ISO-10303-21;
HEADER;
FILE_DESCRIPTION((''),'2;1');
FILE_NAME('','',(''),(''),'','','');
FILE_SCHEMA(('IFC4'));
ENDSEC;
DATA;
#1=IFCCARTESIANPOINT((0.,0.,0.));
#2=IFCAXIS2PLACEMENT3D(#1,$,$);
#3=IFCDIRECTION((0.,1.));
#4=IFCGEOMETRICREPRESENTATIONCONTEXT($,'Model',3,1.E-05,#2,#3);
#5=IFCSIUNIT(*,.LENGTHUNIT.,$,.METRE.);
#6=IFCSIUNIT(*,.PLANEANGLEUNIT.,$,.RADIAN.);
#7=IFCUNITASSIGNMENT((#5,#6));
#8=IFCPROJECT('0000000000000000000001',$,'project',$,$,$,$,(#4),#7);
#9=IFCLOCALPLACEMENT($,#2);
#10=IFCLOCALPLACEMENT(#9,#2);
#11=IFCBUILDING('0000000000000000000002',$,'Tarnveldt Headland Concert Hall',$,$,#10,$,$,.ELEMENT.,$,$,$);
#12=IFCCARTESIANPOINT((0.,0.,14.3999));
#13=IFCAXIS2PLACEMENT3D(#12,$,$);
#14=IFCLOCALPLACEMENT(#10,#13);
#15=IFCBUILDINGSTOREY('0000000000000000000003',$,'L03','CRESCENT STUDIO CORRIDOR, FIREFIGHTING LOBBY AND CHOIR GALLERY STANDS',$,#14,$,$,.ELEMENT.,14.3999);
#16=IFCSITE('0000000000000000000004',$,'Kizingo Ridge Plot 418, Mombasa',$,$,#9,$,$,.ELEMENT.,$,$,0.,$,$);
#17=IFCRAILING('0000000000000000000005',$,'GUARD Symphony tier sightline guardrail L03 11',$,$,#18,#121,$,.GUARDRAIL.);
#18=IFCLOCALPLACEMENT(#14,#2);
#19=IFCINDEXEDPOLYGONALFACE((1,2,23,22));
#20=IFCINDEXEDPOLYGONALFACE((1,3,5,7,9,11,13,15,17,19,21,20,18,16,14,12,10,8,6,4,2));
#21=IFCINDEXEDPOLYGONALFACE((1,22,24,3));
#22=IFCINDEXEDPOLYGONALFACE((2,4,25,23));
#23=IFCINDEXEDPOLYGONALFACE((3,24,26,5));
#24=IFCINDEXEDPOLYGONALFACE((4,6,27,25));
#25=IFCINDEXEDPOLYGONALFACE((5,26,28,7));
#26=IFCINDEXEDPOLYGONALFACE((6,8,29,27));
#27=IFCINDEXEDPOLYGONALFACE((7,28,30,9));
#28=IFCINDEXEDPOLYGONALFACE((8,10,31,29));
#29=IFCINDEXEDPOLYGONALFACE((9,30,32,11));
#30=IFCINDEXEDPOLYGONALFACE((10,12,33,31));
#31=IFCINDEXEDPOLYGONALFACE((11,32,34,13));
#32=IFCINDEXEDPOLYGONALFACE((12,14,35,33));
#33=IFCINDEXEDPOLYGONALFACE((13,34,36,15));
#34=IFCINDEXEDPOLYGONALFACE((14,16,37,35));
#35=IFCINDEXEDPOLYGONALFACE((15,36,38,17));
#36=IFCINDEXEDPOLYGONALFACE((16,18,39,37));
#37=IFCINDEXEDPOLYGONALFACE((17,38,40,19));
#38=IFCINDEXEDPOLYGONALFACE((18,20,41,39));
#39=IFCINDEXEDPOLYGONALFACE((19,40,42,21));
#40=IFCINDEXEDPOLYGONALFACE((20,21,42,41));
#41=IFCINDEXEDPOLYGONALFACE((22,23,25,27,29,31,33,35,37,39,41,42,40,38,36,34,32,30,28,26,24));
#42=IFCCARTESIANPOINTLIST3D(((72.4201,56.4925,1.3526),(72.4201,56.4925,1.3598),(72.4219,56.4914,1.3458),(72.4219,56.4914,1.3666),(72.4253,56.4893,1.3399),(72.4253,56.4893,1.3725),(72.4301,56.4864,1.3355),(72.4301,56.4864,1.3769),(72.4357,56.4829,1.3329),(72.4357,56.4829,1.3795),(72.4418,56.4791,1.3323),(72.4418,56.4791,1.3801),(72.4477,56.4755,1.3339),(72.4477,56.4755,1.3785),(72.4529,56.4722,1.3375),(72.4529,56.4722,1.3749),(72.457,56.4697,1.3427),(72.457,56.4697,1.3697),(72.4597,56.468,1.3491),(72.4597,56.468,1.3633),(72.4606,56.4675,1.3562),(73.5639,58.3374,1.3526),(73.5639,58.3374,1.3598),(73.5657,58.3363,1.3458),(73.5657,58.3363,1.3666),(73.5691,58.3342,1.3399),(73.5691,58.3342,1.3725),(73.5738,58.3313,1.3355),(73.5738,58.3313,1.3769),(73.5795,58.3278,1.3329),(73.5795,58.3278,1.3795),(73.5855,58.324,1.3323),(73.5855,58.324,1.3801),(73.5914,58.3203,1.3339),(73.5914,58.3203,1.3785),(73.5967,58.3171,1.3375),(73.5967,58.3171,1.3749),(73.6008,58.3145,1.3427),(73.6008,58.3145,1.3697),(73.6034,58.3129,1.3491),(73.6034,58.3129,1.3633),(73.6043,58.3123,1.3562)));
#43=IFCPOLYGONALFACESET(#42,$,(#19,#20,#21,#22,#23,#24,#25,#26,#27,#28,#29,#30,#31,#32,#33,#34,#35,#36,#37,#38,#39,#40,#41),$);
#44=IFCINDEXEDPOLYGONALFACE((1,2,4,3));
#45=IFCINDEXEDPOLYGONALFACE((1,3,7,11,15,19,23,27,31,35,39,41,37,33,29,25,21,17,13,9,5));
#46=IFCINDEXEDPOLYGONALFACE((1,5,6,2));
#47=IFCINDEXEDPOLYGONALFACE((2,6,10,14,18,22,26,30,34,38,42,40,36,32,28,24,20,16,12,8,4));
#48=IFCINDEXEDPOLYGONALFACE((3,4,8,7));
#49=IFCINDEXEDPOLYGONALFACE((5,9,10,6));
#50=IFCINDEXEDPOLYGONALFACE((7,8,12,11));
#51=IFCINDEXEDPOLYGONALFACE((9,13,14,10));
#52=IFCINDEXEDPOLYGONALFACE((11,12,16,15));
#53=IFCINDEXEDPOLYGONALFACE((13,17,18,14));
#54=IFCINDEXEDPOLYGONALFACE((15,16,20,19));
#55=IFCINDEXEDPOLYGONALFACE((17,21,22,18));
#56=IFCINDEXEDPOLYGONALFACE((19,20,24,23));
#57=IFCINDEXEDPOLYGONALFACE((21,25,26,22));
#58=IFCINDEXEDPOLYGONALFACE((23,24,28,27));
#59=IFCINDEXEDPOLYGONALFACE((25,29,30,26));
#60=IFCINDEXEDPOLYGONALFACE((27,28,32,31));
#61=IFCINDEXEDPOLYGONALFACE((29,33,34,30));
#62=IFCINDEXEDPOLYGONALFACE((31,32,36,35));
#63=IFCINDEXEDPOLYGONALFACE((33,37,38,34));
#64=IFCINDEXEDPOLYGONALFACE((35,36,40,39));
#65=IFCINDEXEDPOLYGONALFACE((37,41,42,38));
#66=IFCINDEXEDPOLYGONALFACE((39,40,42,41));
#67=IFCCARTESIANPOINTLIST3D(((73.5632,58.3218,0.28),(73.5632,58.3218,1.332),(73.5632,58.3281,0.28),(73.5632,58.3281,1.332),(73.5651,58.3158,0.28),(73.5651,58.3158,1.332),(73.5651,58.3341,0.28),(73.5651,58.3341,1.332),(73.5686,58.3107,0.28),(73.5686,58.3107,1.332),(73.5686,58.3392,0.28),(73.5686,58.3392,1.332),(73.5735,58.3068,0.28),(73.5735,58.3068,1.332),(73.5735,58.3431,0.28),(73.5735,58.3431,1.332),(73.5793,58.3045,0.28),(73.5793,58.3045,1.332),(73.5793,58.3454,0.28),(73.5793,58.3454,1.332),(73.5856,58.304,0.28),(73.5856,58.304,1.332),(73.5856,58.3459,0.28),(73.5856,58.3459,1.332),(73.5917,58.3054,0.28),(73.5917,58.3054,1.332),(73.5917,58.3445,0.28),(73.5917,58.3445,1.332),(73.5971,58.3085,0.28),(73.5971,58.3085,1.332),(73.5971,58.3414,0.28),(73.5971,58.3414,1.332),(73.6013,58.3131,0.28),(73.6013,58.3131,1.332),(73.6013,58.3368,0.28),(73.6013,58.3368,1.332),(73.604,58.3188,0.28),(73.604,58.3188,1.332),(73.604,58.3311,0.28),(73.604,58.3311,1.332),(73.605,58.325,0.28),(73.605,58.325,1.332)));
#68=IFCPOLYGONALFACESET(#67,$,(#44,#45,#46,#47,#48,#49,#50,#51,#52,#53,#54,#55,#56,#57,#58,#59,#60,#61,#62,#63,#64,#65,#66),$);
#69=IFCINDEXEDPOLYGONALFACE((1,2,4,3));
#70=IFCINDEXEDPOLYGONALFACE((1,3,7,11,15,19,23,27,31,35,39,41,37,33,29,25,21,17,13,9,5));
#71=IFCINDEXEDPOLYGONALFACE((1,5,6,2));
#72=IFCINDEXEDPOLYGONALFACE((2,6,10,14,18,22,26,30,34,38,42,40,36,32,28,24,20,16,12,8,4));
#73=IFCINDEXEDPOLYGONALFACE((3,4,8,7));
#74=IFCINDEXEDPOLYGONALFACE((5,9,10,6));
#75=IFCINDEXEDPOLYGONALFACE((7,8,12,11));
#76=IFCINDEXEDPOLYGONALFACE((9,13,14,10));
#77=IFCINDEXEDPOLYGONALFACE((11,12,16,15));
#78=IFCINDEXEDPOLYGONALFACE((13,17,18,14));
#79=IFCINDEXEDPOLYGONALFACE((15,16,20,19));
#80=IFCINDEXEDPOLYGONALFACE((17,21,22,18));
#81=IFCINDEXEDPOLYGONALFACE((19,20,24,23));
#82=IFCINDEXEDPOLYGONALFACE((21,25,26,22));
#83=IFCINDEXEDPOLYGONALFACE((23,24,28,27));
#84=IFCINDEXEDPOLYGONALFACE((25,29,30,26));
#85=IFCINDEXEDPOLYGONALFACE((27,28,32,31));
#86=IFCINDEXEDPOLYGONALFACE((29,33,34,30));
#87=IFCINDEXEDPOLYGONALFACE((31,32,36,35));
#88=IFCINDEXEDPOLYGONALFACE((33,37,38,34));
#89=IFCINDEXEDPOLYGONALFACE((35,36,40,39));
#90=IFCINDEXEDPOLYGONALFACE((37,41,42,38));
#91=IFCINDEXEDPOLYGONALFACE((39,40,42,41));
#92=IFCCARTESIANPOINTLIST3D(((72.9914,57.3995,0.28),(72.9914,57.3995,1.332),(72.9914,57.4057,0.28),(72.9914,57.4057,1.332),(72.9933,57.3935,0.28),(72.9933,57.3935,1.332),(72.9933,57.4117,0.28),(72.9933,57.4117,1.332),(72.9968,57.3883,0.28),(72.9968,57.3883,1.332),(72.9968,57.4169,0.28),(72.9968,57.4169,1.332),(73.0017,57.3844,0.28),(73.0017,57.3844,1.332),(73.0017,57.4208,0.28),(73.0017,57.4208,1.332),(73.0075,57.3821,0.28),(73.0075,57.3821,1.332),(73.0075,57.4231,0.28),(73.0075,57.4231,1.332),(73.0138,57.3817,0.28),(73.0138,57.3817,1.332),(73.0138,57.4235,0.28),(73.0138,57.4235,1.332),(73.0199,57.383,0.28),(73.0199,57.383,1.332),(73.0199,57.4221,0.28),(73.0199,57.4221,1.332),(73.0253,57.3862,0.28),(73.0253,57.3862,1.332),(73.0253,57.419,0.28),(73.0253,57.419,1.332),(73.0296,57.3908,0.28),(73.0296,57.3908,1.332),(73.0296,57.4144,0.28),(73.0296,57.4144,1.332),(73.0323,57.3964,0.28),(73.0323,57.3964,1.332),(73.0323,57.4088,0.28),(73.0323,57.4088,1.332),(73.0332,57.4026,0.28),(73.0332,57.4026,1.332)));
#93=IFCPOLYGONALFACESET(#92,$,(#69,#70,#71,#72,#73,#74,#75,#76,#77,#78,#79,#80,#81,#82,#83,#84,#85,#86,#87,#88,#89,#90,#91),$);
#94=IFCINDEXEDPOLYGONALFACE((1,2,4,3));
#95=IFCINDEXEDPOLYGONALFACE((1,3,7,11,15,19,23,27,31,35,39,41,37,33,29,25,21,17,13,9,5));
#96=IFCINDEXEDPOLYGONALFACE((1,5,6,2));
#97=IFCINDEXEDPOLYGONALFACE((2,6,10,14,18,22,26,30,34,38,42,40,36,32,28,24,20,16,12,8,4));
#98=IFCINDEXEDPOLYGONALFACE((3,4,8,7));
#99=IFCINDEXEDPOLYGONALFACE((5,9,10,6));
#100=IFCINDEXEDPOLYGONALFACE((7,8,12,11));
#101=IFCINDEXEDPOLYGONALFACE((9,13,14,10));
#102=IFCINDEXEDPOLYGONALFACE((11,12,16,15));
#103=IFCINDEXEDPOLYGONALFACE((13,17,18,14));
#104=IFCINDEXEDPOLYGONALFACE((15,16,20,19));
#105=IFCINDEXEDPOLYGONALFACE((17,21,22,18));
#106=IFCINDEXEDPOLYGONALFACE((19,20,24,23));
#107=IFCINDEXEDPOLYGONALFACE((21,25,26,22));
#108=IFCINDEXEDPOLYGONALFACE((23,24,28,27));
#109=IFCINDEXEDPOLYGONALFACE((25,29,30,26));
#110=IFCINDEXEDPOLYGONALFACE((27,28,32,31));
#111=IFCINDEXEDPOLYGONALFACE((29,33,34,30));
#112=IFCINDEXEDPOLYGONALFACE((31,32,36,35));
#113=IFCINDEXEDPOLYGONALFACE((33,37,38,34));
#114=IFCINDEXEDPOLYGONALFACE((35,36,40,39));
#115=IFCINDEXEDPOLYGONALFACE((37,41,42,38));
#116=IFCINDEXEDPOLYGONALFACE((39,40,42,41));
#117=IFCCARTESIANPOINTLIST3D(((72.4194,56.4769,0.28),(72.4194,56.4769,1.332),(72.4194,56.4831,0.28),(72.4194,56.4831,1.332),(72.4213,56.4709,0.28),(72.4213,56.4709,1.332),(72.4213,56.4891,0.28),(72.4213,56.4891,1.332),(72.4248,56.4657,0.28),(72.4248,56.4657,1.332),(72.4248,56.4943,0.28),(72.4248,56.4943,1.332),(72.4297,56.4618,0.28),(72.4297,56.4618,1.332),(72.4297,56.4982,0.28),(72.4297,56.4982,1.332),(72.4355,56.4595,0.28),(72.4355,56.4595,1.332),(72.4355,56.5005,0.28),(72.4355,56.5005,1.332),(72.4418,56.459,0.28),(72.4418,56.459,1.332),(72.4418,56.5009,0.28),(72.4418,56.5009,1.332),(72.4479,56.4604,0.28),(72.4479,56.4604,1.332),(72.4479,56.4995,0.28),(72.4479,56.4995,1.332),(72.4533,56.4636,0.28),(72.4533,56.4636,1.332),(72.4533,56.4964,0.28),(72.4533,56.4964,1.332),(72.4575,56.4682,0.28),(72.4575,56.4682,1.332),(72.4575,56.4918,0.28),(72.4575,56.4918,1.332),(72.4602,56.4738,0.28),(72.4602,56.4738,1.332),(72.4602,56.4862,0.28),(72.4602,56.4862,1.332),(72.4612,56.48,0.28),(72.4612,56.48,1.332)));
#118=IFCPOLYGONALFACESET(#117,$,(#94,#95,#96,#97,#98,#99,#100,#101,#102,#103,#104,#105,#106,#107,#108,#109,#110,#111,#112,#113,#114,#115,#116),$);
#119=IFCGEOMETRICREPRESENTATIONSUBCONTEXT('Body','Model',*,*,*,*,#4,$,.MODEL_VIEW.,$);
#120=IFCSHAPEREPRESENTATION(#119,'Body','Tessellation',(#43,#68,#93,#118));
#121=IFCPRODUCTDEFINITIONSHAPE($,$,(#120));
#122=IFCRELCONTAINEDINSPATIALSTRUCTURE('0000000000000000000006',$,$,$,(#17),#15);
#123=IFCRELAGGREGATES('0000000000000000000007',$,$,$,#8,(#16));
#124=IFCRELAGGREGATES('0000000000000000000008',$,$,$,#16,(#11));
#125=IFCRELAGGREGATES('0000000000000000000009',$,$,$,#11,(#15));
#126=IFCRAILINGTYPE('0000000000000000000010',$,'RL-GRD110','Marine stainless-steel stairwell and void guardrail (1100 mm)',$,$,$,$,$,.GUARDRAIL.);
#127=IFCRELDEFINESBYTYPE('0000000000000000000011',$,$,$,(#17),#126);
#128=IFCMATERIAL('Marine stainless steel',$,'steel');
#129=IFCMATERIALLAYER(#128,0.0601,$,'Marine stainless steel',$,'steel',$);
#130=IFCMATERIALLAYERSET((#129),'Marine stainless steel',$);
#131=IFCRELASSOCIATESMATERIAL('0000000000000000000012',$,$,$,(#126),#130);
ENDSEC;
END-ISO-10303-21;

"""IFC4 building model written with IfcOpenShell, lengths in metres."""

from ifc_helpers import new_model, si_unit, direction, frame, origin, origin_2d, place, context, subcontext, project, spatial, circle, extrude, material, layer, layer_set, type_object, element, save


model = new_model("IFC4")

# Units and contexts
model_context = context("Model", 3, precision=1e-05, world=origin(), true_north=direction((0.0, 1.0)))
body_context = subcontext(model_context, "Body", "Model", "MODEL_VIEW")
ifc_project = project(units=[si_unit("LENGTHUNIT", "METRE"), si_unit("PLANEANGLEUNIT", "RADIAN")], contexts=[model_context])

# Site, building, storey
site_placement = place(None, origin())
site = spatial("IfcSite", under=ifc_project, at=site_placement, Name="Kizingo Ridge Plot 418, Mombasa", CompositionType="ELEMENT", RefElevation=0.0)
building_placement = place(site_placement, origin())
building = spatial("IfcBuilding", under=site, at=building_placement, Name="Tarnveldt Headland Concert Hall", CompositionType="ELEMENT")
storey_placement = place(building_placement, frame((0.0, 0.0, 14.3999)))
storey = spatial("IfcBuildingStorey", under=building, at=storey_placement, Name="L03", Description="CRESCENT STUDIO CORRIDOR, FIREFIGHTING LOBBY AND CHOIR GALLERY STANDS", CompositionType="ELEMENT", Elevation=14.3999)

# Railing
ifc_material_1 = material(Name="Marine stainless steel", Category="steel")
ifc_layer = layer(ifc_material_1, 0.0601, Name="Marine stainless steel", Category="steel")
ifc_layer_set = layer_set([ifc_layer], Name="Marine stainless steel")
railing_type = type_object("IfcRailingType", Name="RL-GRD110", Description="Marine stainless-steel stairwell and void guardrail (1100 mm)", PredefinedType="GUARDRAIL", material=ifc_layer_set)
railing_1_placement = place(storey_placement, frame((73.584, 58.325, 0.28)))
element("IfcRailing", 1, at=railing_1_placement, inside=storey, type_object=railing_type, Name="GUARD Symphony tier sightline guardrail L03 11", PredefinedType="GUARDRAIL", context=body_context, shape_type="SweptSolid", body=[
    extrude(circle(Radius=0.0239, at=origin_2d()), frame((0.0, 0.0, 1.0762), z_axis=(-0.526912, -0.84992, 0.0), x_axis=(0.84992, -0.526912, 0.0)), (0.0, 0.0, 1.0), 2.1707),
    extrude(circle(Radius=0.021, at=origin_2d()), origin(), (0.0, 0.0, 1.0), 1.052),
    extrude(circle(Radius=0.021, at=origin_2d()), frame((-0.5718, -0.9224, 0.0)), (0.0, 0.0, 1.0), 1.052),
    extrude(circle(Radius=0.021, at=origin_2d()), frame((-1.1438, -1.845, 0.0)), (0.0, 0.0, 1.0), 1.052),
])

save(model, "model.ifc")
